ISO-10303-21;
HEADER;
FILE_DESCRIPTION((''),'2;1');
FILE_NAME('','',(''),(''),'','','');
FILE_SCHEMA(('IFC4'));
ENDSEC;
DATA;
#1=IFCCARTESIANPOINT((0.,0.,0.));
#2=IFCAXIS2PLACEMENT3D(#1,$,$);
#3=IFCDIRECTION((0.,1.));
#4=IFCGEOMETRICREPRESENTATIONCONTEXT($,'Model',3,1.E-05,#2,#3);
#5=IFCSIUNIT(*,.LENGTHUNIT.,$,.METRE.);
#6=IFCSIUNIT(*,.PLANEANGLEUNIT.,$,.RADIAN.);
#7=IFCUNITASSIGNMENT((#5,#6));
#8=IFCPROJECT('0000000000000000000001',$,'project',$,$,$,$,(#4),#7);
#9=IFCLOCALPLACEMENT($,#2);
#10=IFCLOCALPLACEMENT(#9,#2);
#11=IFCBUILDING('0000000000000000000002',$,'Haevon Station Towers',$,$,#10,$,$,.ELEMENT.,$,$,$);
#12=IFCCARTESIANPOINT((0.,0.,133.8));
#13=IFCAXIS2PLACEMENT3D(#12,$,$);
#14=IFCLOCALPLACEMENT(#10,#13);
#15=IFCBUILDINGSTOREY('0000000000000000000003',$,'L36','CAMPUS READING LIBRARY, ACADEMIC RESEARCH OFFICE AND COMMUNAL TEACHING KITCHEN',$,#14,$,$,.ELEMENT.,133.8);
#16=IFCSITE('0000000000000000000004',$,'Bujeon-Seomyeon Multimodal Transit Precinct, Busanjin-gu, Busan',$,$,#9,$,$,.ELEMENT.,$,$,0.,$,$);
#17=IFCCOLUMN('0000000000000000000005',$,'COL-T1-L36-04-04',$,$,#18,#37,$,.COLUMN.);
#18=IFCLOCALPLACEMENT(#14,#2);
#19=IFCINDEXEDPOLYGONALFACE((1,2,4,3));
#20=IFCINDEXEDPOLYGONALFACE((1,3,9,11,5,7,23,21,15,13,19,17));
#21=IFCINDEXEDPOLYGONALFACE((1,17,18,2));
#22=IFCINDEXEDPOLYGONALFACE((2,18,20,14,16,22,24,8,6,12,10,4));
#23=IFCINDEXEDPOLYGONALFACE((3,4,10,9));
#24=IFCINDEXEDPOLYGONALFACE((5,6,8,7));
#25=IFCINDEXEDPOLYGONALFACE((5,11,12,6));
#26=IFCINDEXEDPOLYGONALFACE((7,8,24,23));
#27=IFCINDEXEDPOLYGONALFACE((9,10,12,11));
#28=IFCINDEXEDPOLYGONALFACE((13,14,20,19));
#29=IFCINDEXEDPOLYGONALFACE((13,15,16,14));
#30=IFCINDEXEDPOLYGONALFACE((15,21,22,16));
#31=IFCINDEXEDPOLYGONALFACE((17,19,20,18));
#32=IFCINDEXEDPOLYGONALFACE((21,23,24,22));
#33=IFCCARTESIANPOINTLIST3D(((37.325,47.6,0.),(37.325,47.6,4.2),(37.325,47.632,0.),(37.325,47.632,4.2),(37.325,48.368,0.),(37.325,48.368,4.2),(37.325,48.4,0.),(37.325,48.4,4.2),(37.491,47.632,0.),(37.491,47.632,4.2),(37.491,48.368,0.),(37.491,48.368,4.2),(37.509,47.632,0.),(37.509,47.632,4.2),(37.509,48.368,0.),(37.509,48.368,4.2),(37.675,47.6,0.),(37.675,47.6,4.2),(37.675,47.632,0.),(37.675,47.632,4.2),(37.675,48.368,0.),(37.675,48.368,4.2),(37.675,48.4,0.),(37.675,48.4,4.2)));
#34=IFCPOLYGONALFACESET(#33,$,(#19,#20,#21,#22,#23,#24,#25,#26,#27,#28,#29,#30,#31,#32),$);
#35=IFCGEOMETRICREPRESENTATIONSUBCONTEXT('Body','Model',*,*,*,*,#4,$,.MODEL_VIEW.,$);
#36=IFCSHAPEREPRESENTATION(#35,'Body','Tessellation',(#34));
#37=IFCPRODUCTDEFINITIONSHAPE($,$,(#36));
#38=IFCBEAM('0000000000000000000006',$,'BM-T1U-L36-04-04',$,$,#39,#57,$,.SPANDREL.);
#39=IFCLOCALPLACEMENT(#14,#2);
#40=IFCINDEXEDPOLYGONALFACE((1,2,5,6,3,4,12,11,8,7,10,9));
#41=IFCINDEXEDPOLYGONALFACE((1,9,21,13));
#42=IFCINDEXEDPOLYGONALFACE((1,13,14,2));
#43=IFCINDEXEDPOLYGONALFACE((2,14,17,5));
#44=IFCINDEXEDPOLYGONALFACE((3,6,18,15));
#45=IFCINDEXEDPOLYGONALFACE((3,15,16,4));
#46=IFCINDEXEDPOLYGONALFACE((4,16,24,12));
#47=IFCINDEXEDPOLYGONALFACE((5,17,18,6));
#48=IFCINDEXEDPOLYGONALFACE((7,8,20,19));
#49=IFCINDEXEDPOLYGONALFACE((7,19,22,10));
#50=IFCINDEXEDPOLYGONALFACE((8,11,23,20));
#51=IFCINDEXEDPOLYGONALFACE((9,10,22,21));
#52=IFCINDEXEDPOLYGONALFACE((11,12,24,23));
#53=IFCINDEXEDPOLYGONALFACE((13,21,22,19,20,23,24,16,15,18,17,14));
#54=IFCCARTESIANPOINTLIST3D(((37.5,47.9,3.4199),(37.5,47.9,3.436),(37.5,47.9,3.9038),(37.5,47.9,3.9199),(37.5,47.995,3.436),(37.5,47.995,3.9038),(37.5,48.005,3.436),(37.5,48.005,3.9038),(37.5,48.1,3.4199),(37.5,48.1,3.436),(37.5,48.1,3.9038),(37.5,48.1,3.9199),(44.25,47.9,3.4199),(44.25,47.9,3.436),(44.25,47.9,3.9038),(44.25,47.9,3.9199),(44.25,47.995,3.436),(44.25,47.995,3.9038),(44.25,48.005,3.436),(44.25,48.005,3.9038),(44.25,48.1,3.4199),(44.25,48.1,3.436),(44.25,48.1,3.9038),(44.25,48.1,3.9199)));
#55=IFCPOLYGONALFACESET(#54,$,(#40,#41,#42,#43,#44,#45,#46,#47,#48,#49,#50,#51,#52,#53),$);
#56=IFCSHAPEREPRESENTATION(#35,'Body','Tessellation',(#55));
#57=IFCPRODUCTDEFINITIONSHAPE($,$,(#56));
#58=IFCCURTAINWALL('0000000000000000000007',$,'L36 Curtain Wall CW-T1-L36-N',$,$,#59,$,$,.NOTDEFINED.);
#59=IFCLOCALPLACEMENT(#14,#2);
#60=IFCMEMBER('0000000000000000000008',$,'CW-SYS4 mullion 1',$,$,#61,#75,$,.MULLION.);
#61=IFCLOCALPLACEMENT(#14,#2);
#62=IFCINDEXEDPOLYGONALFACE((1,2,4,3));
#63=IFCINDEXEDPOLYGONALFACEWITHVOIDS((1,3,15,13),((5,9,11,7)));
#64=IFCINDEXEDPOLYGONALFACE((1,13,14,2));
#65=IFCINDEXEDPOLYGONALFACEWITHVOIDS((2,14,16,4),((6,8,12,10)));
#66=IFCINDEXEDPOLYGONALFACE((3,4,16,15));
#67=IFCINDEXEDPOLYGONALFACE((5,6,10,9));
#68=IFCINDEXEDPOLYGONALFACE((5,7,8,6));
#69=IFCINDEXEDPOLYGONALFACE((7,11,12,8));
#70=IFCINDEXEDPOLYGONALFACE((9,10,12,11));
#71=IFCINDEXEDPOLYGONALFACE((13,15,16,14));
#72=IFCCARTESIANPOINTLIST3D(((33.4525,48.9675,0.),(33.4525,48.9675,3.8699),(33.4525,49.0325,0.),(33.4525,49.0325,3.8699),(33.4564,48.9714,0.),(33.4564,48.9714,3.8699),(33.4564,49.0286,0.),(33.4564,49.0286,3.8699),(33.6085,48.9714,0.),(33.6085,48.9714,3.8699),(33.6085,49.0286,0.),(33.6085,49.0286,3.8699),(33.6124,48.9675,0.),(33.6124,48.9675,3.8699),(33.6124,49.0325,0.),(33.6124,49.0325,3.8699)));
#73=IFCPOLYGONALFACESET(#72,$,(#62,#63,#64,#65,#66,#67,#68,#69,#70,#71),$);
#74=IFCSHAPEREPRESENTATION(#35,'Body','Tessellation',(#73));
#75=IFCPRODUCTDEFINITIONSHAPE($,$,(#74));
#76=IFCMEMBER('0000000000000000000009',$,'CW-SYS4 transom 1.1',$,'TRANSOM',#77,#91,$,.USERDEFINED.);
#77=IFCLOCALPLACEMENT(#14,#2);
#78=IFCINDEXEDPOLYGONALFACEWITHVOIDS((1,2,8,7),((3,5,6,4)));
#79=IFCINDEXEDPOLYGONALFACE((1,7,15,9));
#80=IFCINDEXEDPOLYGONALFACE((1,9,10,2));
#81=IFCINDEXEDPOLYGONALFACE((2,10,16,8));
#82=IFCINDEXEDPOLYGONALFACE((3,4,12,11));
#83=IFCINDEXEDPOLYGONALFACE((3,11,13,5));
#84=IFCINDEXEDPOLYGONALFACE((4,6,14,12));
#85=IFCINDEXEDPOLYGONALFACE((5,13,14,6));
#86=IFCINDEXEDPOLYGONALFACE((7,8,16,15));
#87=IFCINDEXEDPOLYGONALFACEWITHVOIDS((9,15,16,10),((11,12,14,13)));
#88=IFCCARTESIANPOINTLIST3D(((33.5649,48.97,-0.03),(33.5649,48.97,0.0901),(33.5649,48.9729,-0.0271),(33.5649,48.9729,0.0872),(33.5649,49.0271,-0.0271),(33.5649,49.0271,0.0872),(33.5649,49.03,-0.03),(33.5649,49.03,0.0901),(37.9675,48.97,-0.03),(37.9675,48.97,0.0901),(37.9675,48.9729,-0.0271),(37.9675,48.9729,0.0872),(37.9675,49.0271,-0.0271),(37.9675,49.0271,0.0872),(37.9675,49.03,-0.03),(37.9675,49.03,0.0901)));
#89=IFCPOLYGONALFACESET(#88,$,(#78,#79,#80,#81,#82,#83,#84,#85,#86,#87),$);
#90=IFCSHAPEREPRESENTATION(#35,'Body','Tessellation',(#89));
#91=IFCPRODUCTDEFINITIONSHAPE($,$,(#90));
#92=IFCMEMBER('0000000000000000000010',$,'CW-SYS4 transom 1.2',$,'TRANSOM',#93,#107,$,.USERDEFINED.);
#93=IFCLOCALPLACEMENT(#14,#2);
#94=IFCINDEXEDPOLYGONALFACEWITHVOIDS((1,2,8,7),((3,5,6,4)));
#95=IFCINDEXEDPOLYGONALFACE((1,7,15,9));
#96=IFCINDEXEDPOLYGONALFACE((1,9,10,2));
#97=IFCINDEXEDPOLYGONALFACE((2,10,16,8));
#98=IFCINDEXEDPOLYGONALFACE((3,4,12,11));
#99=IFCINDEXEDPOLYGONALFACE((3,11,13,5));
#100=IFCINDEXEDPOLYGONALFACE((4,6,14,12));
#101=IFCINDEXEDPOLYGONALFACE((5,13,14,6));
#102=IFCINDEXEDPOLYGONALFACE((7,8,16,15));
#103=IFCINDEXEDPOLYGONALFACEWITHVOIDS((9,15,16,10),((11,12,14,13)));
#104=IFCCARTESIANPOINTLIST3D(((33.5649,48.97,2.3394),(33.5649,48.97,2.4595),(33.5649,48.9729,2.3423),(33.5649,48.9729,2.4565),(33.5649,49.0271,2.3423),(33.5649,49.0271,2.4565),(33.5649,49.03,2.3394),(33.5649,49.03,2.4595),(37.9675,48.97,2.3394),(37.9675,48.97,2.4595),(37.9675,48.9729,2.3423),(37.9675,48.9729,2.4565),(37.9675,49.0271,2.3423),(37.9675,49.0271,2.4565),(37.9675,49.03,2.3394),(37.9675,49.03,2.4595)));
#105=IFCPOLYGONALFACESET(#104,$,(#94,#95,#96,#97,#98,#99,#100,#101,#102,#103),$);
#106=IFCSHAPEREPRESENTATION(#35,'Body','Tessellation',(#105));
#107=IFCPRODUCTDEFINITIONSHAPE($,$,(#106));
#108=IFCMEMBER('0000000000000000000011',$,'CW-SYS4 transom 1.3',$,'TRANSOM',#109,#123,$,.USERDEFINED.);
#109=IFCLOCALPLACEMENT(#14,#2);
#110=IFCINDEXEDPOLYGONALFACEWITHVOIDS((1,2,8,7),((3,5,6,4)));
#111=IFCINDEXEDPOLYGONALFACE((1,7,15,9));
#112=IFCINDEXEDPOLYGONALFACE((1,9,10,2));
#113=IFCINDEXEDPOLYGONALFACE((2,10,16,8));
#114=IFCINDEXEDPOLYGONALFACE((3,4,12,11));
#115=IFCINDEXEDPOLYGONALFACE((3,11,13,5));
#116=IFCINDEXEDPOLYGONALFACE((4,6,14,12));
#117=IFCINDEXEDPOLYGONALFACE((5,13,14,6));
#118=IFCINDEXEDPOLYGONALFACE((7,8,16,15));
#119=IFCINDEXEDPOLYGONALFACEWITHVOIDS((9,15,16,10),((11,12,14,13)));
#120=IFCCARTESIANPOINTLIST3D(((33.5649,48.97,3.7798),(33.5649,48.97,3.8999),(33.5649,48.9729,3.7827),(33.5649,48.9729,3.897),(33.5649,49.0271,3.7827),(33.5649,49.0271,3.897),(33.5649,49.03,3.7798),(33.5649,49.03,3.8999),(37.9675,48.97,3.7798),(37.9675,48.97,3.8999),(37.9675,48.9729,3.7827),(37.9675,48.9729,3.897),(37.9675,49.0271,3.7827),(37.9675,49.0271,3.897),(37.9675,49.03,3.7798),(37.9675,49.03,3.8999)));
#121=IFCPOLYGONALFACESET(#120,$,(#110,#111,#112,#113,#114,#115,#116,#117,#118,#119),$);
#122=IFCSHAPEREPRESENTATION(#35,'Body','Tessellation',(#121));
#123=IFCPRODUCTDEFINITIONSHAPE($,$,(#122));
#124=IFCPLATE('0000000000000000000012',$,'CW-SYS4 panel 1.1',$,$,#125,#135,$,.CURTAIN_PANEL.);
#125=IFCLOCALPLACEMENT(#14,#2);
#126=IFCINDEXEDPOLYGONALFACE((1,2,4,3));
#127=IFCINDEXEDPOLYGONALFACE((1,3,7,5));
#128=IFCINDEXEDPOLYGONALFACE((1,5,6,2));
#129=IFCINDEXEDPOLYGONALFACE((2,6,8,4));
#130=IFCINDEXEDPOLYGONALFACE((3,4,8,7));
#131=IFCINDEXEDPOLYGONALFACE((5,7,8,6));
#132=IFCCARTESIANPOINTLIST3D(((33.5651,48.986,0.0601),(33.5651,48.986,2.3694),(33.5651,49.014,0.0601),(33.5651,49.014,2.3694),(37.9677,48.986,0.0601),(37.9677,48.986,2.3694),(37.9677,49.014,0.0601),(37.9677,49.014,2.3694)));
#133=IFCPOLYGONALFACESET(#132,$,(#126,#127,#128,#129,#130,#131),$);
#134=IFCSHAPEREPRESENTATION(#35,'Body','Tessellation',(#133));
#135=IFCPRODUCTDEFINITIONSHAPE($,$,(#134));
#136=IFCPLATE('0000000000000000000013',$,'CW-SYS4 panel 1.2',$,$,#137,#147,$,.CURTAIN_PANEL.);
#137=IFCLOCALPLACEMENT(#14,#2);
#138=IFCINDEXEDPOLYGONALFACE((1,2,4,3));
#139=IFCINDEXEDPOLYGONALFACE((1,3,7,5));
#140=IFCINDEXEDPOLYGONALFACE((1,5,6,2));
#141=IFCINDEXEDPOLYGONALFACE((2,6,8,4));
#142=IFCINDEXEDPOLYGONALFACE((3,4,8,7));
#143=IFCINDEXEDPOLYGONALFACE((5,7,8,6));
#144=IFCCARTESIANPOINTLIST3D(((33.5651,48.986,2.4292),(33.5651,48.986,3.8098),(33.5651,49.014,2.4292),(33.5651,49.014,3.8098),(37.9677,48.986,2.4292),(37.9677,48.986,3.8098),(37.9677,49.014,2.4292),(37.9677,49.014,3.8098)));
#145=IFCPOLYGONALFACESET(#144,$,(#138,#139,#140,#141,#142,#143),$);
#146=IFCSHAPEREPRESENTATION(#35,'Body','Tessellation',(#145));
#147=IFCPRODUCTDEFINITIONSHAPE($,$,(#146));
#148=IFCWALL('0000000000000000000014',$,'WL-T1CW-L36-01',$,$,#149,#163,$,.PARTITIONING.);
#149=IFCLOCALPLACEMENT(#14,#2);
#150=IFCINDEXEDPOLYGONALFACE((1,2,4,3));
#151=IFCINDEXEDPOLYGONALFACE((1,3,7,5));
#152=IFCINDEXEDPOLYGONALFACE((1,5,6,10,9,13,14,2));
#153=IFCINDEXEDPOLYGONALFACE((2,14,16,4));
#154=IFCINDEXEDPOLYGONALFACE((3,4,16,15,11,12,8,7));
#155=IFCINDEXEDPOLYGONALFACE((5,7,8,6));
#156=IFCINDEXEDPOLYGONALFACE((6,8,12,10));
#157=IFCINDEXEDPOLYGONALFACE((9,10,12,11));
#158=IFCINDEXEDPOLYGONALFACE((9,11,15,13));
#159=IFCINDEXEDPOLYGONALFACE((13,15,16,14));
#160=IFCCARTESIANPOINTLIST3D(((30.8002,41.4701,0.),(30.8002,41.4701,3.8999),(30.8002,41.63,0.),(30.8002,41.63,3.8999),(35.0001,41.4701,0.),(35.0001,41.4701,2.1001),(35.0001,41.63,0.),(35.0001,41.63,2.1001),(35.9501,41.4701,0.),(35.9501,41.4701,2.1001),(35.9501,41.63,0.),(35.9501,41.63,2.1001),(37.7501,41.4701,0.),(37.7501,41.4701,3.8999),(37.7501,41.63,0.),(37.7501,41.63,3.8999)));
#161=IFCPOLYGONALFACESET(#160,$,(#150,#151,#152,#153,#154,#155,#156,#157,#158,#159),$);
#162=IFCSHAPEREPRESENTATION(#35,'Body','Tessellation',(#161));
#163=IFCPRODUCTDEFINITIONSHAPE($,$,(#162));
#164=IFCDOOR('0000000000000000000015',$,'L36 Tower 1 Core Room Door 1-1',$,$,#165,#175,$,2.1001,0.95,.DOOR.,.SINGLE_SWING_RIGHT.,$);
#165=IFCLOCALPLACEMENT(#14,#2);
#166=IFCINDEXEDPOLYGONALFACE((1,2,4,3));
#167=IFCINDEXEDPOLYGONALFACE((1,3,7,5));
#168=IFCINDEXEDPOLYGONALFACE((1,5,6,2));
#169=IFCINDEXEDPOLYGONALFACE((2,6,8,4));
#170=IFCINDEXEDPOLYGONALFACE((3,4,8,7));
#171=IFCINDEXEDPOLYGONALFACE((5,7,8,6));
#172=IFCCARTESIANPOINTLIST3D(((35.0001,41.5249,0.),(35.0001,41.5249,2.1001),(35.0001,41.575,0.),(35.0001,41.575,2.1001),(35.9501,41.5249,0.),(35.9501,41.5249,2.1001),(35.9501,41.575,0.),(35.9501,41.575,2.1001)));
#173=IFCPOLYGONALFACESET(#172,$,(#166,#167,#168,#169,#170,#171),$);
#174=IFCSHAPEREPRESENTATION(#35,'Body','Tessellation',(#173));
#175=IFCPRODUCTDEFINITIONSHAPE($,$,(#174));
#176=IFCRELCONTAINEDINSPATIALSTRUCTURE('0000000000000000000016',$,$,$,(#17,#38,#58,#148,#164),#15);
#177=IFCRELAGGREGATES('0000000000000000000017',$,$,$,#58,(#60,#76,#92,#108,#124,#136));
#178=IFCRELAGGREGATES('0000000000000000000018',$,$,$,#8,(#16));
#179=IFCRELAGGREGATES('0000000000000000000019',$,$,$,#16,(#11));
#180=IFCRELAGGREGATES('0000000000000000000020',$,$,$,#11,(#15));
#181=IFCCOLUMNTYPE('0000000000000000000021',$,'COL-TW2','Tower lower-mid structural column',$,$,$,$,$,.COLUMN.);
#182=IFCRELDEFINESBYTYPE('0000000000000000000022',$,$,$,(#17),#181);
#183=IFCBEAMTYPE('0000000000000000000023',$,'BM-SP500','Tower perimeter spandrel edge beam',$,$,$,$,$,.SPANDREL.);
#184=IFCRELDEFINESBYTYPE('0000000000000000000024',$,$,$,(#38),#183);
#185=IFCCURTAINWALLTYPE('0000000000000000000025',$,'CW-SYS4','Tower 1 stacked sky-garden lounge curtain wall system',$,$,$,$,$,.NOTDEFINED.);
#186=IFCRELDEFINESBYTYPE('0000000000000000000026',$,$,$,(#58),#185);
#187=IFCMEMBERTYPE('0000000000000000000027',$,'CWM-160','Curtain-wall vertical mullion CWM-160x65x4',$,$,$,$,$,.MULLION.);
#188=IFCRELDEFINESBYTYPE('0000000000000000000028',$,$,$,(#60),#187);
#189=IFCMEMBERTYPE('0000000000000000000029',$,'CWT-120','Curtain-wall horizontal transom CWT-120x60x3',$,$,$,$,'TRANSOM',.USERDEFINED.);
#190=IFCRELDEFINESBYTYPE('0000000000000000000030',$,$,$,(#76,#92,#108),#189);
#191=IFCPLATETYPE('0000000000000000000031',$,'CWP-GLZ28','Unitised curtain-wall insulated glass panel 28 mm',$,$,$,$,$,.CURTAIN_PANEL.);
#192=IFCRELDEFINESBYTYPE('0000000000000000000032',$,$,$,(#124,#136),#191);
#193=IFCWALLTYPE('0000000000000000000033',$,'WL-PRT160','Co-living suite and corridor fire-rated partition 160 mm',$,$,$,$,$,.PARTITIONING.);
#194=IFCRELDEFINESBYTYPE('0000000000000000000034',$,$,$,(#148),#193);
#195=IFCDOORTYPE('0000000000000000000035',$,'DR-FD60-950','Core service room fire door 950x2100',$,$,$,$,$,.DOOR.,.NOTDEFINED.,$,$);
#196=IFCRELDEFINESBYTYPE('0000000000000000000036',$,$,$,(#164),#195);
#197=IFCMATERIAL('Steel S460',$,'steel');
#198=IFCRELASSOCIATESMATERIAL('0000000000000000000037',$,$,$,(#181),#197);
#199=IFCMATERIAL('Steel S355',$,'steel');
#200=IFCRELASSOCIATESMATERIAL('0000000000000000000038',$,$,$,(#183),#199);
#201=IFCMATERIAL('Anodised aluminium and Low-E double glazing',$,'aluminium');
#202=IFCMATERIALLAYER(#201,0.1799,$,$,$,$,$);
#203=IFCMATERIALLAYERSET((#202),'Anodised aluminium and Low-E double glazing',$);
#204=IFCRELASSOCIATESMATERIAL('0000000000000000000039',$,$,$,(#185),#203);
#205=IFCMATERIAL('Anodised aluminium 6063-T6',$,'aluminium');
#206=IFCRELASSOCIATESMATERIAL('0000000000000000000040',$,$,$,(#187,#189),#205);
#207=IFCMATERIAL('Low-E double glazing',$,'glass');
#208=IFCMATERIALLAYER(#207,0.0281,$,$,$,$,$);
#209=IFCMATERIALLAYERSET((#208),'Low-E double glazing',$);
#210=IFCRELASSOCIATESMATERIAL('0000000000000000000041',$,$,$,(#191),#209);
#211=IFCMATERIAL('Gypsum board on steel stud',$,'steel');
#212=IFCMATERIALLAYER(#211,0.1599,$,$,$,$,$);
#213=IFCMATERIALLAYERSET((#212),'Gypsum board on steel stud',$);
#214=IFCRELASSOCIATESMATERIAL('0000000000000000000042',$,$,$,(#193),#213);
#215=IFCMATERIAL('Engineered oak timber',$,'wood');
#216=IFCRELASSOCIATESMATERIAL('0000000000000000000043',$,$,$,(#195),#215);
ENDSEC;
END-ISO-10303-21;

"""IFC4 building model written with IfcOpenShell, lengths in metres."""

from ifc_helpers import new_model, si_unit, direction, frame, frame_2d, origin, origin_2d, place, context, subcontext, project, spatial, rectangle, hollow_rectangle, i_section, extrude, material, layer, layer_set, material_profile, profile_set, type_object, element, fill, aggregate, save


model = new_model("IFC4")

# Units and contexts
model_context = context("Model", 3, precision=1e-05, world=origin(), true_north=direction((0.0, 1.0)))
body_context = subcontext(model_context, "Body", "Model", "MODEL_VIEW")
ifc_project = project(units=[si_unit("LENGTHUNIT", "METRE"), si_unit("PLANEANGLEUNIT", "RADIAN")], contexts=[model_context])

# Site, building, storey
site_placement = place(None, origin())
site = spatial("IfcSite", under=ifc_project, at=site_placement, Name="Bujeon-Seomyeon Multimodal Transit Precinct, Busanjin-gu, Busan", CompositionType="ELEMENT", RefElevation=0.0)
building_placement = place(site_placement, origin())
building = spatial("IfcBuilding", under=site, at=building_placement, Name="Haevon Station Towers", CompositionType="ELEMENT")
storey_placement = place(building_placement, frame((0.0, 0.0, 133.8)))
storey = spatial("IfcBuildingStorey", under=building, at=storey_placement, Name="L36", Description="CAMPUS READING LIBRARY, ACADEMIC RESEARCH OFFICE AND COMMUNAL TEACHING KITCHEN", CompositionType="ELEMENT", Elevation=133.8)

# Column
ifc_material_1 = material(Name="Steel S460", Category="steel")
ifc_material_profile_1 = material_profile(ifc_material_1, i_section(OverallWidth=0.3501, OverallDepth=0.8, WebThickness=0.0181, FlangeThickness=0.032, at=origin_2d()), Name="H-800x350x18x32")
ifc_profile_set_1 = profile_set([ifc_material_profile_1], Name="Steel S460")
column_type = type_object("IfcColumnType", Name="COL-TW2", Description="Tower lower-mid structural column", PredefinedType="COLUMN", material=ifc_profile_set_1)
column_placement = place(storey_placement, frame((37.5, 48.0, 0.0), z_axis=(0.0, 0.0, 1.0), x_axis=(1.0, 0.0, 0.0)))
element("IfcColumn", 1, at=column_placement, inside=storey, type_object=column_type, Name="COL-T1-L36-04-04", PredefinedType="COLUMN", context=body_context, shape_type="SweptSolid", body=[
    extrude(i_section(OverallWidth=0.3501, OverallDepth=0.8, WebThickness=0.0181, FlangeThickness=0.032, at=origin_2d()), origin(), (0.0, 0.0, 1.0), 4.2),
])

# Beam
ifc_material_2 = material(Name="Steel S355", Category="steel")
ifc_material_profile_2 = material_profile(ifc_material_2, i_section(OverallWidth=0.2, OverallDepth=0.5, WebThickness=0.01, FlangeThickness=0.0161, at=origin_2d()), Name="H-500x200x10x16")
ifc_profile_set_2 = profile_set([ifc_material_profile_2], Name="Steel S355")
beam_type = type_object("IfcBeamType", Name="BM-SP500", Description="Tower perimeter spandrel edge beam", PredefinedType="SPANDREL", material=ifc_profile_set_2)
beam_placement = place(storey_placement, frame((37.5, 48.0, 3.6699), z_axis=(1.0, 0.0, 0.0), x_axis=(0.0, 1.0, 0.0)))
element("IfcBeam", 2, at=beam_placement, inside=storey, type_object=beam_type, Name="BM-T1U-L36-04-04", PredefinedType="SPANDREL", context=body_context, shape_type="SweptSolid", body=[
    extrude(i_section(OverallWidth=0.2, OverallDepth=0.5, WebThickness=0.01, FlangeThickness=0.0161, at=origin_2d()), origin(), (0.0, 0.0, 1.0), 6.75),
])

# Curtain wall, members, plates
ifc_material_3 = material(Name="Anodised aluminium and Low-E double glazing", Category="aluminium")
ifc_layer_1 = layer(ifc_material_3, 0.1799)
ifc_layer_set_1 = layer_set([ifc_layer_1], Name="Anodised aluminium and Low-E double glazing")
curtain_wall_type = type_object("IfcCurtainWallType", Name="CW-SYS4", Description="Tower 1 stacked sky-garden lounge curtain wall system", PredefinedType="NOTDEFINED", material=ifc_layer_set_1)
curtain_wall_placement = place(storey_placement, origin())
curtain_wall = element("IfcCurtainWall", 3, at=curtain_wall_placement, inside=storey, type_object=curtain_wall_type, Name="L36 Curtain Wall CW-T1-L36-N", PredefinedType="NOTDEFINED")
ifc_material_4 = material(Name="Anodised aluminium 6063-T6", Category="aluminium")
ifc_material_profile_3 = material_profile(ifc_material_4, hollow_rectangle(XDim=0.0649, YDim=0.1599, WallThickness=0.0039, at=origin_2d()), Name="CWM-160x65x4")
ifc_profile_set_3 = profile_set([ifc_material_profile_3], Name="Anodised aluminium 6063-T6")
member_type_1 = type_object("IfcMemberType", Name="CWM-160", Description="Curtain-wall vertical mullion CWM-160x65x4", PredefinedType="MULLION", material=ifc_profile_set_3)
member_1_placement = place(storey_placement, frame((33.5325, 49.0, 0.0), z_axis=(0.0, 0.0, 1.0), x_axis=(0.0, 1.0, 0.0)))
member_1 = element("IfcMember", 4, at=member_1_placement, type_object=member_type_1, Name="CW-SYS4 mullion 1", PredefinedType="MULLION", context=body_context, shape_type="SweptSolid", body=[
    extrude(hollow_rectangle(XDim=0.0649, YDim=0.1599, WallThickness=0.0039, at=origin_2d()), origin(), (0.0, 0.0, 1.0), 3.8699),
])
ifc_material_profile_4 = material_profile(ifc_material_4, hollow_rectangle(XDim=0.0601, YDim=0.1201, WallThickness=0.0029, at=origin_2d()), Name="CWT-120x60x3")
ifc_profile_set_4 = profile_set([ifc_material_profile_4], Name="Anodised aluminium 6063-T6")
member_type_2 = type_object("IfcMemberType", Name="CWT-120", Description="Curtain-wall horizontal transom CWT-120x60x3", ElementType="TRANSOM", PredefinedType="USERDEFINED", material=ifc_profile_set_4)
member_2_placement = place(storey_placement, frame((33.5649, 49.0, 0.03), z_axis=(1.0, 0.0, 0.0), x_axis=(0.0, 1.0, 0.0)))
member_2 = element("IfcMember", 5, at=member_2_placement, type_object=member_type_2, Name="CW-SYS4 transom 1.1", ObjectType="TRANSOM", PredefinedType="USERDEFINED", context=body_context, shape_type="SweptSolid", body=[
    extrude(hollow_rectangle(XDim=0.0601, YDim=0.1201, WallThickness=0.0029, at=origin_2d()), origin(), (0.0, 0.0, 1.0), 4.4026),
])
member_3_placement = place(storey_placement, frame((33.5649, 49.0, 2.3994), z_axis=(1.0, 0.0, 0.0), x_axis=(0.0, 1.0, 0.0)))
member_3 = element("IfcMember", 6, at=member_3_placement, type_object=member_type_2, Name="CW-SYS4 transom 1.2", ObjectType="TRANSOM", PredefinedType="USERDEFINED", context=body_context, shape_type="SweptSolid", body=[
    extrude(hollow_rectangle(XDim=0.0601, YDim=0.1201, WallThickness=0.0029, at=origin_2d()), origin(), (0.0, 0.0, 1.0), 4.4026),
])
member_4_placement = place(storey_placement, frame((33.5649, 49.0, 3.8398), z_axis=(1.0, 0.0, 0.0), x_axis=(0.0, 1.0, 0.0)))
member_4 = element("IfcMember", 7, at=member_4_placement, type_object=member_type_2, Name="CW-SYS4 transom 1.3", ObjectType="TRANSOM", PredefinedType="USERDEFINED", context=body_context, shape_type="SweptSolid", body=[
    extrude(hollow_rectangle(XDim=0.0601, YDim=0.1201, WallThickness=0.0029, at=origin_2d()), origin(), (0.0, 0.0, 1.0), 4.4026),
])
ifc_material_5 = material(Name="Low-E double glazing", Category="glass")
ifc_layer_2 = layer(ifc_material_5, 0.0281)
ifc_layer_set_2 = layer_set([ifc_layer_2], Name="Low-E double glazing")
plate_type = type_object("IfcPlateType", Name="CWP-GLZ28", Description="Unitised curtain-wall insulated glass panel 28 mm", PredefinedType="CURTAIN_PANEL", material=ifc_layer_set_2)
plate_1_placement = place(storey_placement, frame((35.7664, 49.0, 0.0601), z_axis=(0.0, 0.0, 1.0), x_axis=(1.0, 0.0, 0.0)))
plate_1 = element("IfcPlate", 8, at=plate_1_placement, type_object=plate_type, Name="CW-SYS4 panel 1.1", PredefinedType="CURTAIN_PANEL", context=body_context, shape_type="SweptSolid", body=[
    extrude(rectangle(XDim=4.4026, YDim=0.0281, at=origin_2d()), origin(), (0.0, 0.0, 1.0), 2.3093),
])
plate_2_placement = place(storey_placement, frame((35.7664, 49.0, 2.4292), z_axis=(0.0, 0.0, 1.0), x_axis=(1.0, 0.0, 0.0)))
plate_2 = element("IfcPlate", 9, at=plate_2_placement, type_object=plate_type, Name="CW-SYS4 panel 1.2", PredefinedType="CURTAIN_PANEL", context=body_context, shape_type="SweptSolid", body=[
    extrude(rectangle(XDim=4.4026, YDim=0.0281, at=origin_2d()), origin(), (0.0, 0.0, 1.0), 1.3806),
])
aggregate(curtain_wall, [member_1, member_2, member_3, member_4, plate_1, plate_2])

# Wall, opening, door
ifc_material_6 = material(Name="Gypsum board on steel stud", Category="steel")
ifc_layer_3 = layer(ifc_material_6, 0.1599)
ifc_layer_set_3 = layer_set([ifc_layer_3], Name="Gypsum board on steel stud")
wall_type_1 = type_object("IfcWallType", Name="WL-PRT160", Description="Co-living suite and corridor fire-rated partition 160 mm", PredefinedType="PARTITIONING", material=ifc_layer_set_3)
wall_1_placement = place(storey_placement, frame((30.8, 41.55, 0.0), z_axis=(0.0, 0.0, 1.0), x_axis=(1.0, 0.0, 0.0)))
wall_1 = element("IfcWall", 10, at=wall_1_placement, inside=storey, type_object=wall_type_1, Name="WL-T1CW-L36-01", PredefinedType="PARTITIONING", context=body_context, shape_type="SweptSolid", body=[
    extrude(rectangle(XDim=6.95, YDim=0.1599, at=frame_2d((3.4751, 0.0))), origin(), (0.0, 0.0, 1.0), 3.8999),
])
opening_1_placement = place(wall_1_placement, frame((4.2, 0.0, 0.0)))
opening_1 = element("IfcOpeningElement", 11, at=opening_1_placement, cuts=wall_1, PredefinedType="OPENING", context=body_context, shape_type="SweptSolid", body=[
    extrude(rectangle(XDim=0.95, YDim=2.1001, at=frame_2d((0.4751, 1.05))), frame((0.0, 0.0898, 0.0), z_axis=(0.0, -1.0, 0.0), x_axis=(1.0, 0.0, 0.0)), (0.0, 0.0, 1.0), 0.1799),
])
ifc_material_7 = material(Name="Engineered oak timber", Category="wood")
door_type_1 = type_object("IfcDoorType", Name="DR-FD60-950", Description="Core service room fire door 950x2100", OperationType="NOTDEFINED", PredefinedType="DOOR", material=ifc_material_7)
door_1_placement = place(opening_1_placement, origin())
door_1 = element("IfcDoor", 12, at=door_1_placement, inside=storey, type_object=door_type_1, Name="L36 Tower 1 Core Room Door 1-1", OperationType="SINGLE_SWING_RIGHT", OverallHeight=2.1001, OverallWidth=0.95, PredefinedType="DOOR", context=body_context, shape_type="SweptSolid", body=[
    extrude(rectangle(XDim=0.95, YDim=2.1001, at=frame_2d((0.4751, 1.05))), frame((0.0, 0.0249, 0.0), z_axis=(0.0, -1.0, 0.0), x_axis=(1.0, 0.0, 0.0)), (0.0, 0.0, 1.0), 0.05),
])
fill(opening_1, door_1)

save(model, "model.ifc")
